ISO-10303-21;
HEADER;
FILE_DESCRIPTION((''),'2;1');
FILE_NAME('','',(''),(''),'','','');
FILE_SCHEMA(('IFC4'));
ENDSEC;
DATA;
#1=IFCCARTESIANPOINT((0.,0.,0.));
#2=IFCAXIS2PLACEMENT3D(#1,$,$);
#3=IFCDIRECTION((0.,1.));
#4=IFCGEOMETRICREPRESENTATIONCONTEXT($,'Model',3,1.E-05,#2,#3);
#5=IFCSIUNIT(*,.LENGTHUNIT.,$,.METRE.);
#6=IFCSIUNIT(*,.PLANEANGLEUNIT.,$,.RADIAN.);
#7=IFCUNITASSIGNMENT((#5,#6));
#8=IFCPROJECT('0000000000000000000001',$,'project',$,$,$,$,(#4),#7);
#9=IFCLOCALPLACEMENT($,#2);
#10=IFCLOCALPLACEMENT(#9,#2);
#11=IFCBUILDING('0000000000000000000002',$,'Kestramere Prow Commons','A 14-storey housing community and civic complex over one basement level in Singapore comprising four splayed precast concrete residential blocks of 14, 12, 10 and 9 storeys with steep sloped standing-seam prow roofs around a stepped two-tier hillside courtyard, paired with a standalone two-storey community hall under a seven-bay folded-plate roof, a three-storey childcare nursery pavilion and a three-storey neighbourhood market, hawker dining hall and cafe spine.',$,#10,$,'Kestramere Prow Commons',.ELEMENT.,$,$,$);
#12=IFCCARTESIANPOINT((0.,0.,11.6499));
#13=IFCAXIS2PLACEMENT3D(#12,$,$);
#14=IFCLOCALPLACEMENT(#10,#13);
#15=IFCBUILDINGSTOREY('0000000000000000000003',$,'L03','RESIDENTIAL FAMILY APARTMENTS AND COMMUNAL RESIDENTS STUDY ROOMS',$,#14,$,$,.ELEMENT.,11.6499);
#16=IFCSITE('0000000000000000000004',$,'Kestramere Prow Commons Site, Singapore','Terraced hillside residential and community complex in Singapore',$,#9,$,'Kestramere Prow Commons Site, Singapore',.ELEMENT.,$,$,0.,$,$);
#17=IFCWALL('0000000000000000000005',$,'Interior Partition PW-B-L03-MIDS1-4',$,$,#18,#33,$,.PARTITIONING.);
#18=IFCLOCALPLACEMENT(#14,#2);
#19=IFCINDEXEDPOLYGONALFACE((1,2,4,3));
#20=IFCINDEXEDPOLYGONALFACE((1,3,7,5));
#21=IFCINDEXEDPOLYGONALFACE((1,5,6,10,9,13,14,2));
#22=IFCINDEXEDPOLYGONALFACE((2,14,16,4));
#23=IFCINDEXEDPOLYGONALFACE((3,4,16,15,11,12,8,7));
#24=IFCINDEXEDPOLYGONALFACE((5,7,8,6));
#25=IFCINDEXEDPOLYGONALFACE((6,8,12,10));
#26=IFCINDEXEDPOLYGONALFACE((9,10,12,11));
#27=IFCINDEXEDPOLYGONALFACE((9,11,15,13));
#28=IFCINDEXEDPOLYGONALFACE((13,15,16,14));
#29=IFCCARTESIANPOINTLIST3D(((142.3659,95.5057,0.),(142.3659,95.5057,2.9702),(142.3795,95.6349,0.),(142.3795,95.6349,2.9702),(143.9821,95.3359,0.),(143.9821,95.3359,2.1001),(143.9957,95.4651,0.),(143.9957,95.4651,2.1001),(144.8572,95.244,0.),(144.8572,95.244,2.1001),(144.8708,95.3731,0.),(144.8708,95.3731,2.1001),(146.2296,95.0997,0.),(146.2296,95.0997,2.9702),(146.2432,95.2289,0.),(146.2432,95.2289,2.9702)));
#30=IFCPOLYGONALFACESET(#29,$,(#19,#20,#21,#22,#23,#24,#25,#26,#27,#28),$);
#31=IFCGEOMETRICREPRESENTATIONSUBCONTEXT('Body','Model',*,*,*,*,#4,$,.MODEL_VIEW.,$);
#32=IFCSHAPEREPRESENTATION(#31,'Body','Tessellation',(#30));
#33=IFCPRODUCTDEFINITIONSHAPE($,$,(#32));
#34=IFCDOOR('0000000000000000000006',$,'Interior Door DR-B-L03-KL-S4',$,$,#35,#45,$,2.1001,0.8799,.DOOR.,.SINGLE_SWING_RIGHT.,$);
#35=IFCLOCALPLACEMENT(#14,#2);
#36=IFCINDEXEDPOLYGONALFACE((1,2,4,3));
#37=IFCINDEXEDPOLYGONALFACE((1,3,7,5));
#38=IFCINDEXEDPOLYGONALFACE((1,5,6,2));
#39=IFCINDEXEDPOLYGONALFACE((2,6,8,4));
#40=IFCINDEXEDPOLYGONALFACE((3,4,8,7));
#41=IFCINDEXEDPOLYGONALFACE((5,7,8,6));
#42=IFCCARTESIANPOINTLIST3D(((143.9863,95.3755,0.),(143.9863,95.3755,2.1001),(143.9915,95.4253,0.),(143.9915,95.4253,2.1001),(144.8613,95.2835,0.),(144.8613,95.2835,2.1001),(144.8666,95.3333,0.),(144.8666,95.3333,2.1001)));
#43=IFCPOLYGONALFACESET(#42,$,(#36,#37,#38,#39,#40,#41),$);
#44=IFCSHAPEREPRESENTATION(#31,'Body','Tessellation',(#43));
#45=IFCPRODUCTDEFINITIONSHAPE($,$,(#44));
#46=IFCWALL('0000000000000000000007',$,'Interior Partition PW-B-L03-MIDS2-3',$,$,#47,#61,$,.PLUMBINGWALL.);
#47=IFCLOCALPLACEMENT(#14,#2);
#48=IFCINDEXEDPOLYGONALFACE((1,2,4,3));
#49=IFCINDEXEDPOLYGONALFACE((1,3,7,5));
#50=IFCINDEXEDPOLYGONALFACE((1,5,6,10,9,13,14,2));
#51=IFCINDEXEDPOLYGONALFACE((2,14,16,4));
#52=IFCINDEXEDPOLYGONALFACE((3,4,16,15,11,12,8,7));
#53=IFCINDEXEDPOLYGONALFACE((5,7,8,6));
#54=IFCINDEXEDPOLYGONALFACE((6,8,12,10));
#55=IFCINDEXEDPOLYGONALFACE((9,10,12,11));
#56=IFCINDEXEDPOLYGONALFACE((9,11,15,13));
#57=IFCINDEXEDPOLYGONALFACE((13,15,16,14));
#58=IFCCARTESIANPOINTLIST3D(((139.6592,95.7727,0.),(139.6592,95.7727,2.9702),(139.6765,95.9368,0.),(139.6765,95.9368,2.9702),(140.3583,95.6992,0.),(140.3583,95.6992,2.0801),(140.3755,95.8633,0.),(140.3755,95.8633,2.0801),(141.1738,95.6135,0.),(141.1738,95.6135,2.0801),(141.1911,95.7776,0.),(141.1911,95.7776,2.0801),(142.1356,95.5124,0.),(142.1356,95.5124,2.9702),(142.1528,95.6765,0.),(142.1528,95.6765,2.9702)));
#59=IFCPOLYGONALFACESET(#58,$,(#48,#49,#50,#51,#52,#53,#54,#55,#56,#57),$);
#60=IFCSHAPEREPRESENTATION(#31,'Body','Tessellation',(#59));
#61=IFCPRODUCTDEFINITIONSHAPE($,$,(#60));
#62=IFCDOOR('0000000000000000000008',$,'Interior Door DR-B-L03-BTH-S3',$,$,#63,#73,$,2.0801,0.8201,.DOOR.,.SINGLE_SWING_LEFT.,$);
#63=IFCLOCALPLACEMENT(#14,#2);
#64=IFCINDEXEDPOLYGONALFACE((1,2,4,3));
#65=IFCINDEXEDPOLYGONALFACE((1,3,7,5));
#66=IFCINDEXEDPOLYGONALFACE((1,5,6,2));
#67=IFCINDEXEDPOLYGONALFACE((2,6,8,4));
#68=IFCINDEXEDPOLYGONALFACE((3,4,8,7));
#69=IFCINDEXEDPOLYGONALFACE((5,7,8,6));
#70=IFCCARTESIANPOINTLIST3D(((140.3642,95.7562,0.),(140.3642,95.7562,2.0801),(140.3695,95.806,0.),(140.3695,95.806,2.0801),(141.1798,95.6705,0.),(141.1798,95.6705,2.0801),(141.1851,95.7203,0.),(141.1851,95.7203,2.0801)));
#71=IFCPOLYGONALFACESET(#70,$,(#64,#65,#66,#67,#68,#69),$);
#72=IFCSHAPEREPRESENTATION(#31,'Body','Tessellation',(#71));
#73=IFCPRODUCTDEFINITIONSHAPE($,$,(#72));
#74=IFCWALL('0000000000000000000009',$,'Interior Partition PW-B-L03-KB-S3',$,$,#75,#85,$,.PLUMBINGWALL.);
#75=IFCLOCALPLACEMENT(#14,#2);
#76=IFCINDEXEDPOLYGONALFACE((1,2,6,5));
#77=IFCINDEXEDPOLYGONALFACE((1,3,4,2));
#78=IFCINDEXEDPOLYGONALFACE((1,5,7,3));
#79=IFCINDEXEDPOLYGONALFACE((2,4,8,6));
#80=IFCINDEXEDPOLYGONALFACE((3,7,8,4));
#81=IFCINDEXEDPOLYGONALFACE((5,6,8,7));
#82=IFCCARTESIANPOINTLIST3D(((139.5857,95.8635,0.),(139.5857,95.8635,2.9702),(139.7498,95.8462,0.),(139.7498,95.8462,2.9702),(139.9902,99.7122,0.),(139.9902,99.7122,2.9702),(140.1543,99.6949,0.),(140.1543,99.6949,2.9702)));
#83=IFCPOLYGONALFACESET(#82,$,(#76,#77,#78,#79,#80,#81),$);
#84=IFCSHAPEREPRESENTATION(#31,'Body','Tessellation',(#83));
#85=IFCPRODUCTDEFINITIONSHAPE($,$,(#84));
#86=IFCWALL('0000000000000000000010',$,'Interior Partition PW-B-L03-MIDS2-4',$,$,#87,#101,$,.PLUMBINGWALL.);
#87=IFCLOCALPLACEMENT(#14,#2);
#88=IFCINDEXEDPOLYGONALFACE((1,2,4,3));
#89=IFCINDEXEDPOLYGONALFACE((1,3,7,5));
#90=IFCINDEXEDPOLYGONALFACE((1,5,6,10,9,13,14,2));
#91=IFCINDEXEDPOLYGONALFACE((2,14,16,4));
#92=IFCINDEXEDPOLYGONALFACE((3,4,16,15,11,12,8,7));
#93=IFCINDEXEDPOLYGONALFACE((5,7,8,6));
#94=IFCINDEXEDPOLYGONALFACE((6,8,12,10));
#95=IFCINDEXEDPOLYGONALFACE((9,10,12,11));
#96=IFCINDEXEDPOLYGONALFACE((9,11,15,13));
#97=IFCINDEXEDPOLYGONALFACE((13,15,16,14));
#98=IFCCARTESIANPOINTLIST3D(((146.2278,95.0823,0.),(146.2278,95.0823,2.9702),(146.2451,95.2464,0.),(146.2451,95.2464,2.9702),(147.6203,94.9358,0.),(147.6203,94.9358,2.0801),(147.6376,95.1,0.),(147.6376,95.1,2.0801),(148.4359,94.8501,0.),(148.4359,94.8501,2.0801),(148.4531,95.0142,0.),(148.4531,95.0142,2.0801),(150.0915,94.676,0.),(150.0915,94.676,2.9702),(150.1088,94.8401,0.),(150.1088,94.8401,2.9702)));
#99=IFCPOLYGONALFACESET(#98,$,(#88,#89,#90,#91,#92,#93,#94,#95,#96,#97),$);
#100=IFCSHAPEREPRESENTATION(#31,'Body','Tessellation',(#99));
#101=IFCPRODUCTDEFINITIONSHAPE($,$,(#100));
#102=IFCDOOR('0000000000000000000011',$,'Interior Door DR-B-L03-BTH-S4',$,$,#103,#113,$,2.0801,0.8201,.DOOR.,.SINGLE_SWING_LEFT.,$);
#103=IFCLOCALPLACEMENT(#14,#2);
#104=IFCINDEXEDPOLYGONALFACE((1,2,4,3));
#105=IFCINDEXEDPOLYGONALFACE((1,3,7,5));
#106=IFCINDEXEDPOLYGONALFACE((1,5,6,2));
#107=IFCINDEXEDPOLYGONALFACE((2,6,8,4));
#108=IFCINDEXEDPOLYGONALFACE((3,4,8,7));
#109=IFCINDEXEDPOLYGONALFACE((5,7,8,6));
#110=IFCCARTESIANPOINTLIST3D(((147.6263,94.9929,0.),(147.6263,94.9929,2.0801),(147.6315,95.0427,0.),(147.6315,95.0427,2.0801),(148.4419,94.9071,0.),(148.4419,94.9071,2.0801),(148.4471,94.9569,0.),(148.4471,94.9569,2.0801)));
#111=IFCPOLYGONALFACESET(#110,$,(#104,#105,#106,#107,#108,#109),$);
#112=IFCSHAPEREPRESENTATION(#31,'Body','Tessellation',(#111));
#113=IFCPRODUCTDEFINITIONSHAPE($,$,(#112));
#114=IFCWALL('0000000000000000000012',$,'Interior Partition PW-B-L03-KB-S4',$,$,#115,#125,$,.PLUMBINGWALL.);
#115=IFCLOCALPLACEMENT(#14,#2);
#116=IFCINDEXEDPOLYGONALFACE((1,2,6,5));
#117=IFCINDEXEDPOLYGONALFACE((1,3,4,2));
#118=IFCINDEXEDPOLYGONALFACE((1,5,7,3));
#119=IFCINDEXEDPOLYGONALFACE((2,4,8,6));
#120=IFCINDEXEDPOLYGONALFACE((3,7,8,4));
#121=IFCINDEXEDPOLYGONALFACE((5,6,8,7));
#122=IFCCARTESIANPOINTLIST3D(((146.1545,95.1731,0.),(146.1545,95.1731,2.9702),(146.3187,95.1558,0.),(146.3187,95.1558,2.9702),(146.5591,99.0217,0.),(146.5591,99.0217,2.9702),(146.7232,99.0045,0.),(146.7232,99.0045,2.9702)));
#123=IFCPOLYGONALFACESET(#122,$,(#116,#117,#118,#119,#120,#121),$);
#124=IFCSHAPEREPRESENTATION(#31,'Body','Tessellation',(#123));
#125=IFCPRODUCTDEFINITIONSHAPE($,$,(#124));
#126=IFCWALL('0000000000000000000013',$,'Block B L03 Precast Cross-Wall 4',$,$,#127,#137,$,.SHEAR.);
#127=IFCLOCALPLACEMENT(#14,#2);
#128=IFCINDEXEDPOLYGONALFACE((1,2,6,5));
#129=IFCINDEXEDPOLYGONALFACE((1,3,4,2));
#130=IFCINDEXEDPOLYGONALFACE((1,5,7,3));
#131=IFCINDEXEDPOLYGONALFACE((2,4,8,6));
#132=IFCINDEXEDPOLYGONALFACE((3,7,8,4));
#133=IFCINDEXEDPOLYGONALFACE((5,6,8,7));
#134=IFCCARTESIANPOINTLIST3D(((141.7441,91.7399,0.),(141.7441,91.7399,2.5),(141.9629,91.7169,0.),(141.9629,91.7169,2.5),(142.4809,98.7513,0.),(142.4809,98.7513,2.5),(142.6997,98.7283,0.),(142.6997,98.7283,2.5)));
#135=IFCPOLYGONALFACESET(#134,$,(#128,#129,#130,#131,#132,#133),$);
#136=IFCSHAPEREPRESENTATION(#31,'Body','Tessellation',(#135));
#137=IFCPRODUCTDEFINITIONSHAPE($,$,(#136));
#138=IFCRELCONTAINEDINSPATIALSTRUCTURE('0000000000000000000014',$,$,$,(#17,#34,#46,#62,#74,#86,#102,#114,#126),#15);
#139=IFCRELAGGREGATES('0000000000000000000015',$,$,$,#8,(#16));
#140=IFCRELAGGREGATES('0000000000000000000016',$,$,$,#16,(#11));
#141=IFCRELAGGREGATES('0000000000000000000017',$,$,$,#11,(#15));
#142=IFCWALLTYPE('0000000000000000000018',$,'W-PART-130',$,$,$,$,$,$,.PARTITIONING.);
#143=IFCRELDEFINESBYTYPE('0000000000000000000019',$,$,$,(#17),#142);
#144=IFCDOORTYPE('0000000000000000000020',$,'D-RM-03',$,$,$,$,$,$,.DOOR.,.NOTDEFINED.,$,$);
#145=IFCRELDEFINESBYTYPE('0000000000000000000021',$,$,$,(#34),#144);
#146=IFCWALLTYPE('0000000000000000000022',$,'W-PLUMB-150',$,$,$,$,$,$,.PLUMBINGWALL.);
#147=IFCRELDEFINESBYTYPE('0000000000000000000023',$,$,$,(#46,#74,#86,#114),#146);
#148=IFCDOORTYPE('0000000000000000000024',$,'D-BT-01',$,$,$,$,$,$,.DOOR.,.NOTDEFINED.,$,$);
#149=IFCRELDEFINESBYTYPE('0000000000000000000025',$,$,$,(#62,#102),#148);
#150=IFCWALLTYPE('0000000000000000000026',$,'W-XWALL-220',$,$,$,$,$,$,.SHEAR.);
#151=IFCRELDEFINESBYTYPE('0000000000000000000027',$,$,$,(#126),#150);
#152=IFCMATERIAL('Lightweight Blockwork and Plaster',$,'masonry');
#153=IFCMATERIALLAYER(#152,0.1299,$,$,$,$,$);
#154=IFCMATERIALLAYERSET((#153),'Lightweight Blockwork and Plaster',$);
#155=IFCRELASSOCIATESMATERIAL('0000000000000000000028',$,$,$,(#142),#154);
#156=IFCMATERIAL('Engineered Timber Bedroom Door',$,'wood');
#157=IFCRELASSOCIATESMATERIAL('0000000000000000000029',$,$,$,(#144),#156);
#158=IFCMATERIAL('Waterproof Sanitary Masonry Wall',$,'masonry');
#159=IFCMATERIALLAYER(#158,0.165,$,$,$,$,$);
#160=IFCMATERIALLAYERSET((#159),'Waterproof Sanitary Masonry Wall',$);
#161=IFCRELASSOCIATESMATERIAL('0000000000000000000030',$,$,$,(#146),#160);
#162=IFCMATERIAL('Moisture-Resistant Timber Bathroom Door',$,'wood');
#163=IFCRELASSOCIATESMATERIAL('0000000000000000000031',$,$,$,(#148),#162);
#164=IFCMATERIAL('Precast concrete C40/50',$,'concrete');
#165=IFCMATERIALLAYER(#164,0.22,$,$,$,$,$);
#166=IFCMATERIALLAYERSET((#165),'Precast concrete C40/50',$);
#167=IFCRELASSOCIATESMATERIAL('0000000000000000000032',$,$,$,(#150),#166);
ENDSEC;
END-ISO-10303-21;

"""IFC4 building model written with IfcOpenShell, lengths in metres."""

from ifc_helpers import new_model, si_unit, direction, frame, frame_2d, origin, place, context, subcontext, project, spatial, rectangle, extrude, material, layer, layer_set, type_object, element, fill, save


model = new_model("IFC4")

# Units and contexts
model_context = context("Model", 3, precision=1e-05, world=origin(), true_north=direction((0.0, 1.0)))
body_context = subcontext(model_context, "Body", "Model", "MODEL_VIEW")
ifc_project = project(units=[si_unit("LENGTHUNIT", "METRE"), si_unit("PLANEANGLEUNIT", "RADIAN")], contexts=[model_context])

# Site, building, storey
site_placement = place(None, origin())
site = spatial("IfcSite", under=ifc_project, at=site_placement, Name="Kestramere Prow Commons Site, Singapore", Description="Terraced hillside residential and community complex in Singapore", LongName="Kestramere Prow Commons Site, Singapore", CompositionType="ELEMENT", RefElevation=0.0)
building_placement = place(site_placement, origin())
building = spatial("IfcBuilding", under=site, at=building_placement, Name="Kestramere Prow Commons", Description="A 14-storey housing community and civic complex over one basement level in Singapore comprising four splayed precast concrete residential blocks of 14, 12, 10 and 9 storeys with steep sloped standing-seam prow roofs around a stepped two-tier hillside courtyard, paired with a standalone two-storey community hall under a seven-bay folded-plate roof, a three-storey childcare nursery pavilion and a three-storey neighbourhood market, hawker dining hall and cafe spine.", LongName="Kestramere Prow Commons", CompositionType="ELEMENT")
storey_placement = place(building_placement, frame((0.0, 0.0, 11.6499)))
storey = spatial("IfcBuildingStorey", under=building, at=storey_placement, Name="L03", Description="RESIDENTIAL FAMILY APARTMENTS AND COMMUNAL RESIDENTS STUDY ROOMS", CompositionType="ELEMENT", Elevation=11.6499)

# Shared definitions
ifc_material_1 = material(Name="Precast concrete C40/50", Category="concrete")

# Walls, openings, doors
ifc_material_2 = material(Name="Lightweight Blockwork and Plaster", Category="masonry")
ifc_layer_1 = layer(ifc_material_2, 0.1299)
ifc_layer_set_1 = layer_set([ifc_layer_1], Name="Lightweight Blockwork and Plaster")
wall_type_1 = type_object("IfcWallType", Name="W-PART-130", PredefinedType="PARTITIONING", material=ifc_layer_set_1)
wall_1_placement = place(storey_placement, frame((142.3728, 95.5703, 0.0), z_axis=(0.0, 0.0, 1.0), x_axis=(0.994524, -0.104505, 0.0)))
wall_1 = element("IfcWall", 1, at=wall_1_placement, inside=storey, type_object=wall_type_1, Name="Interior Partition PW-B-L03-MIDS1-4", PredefinedType="PARTITIONING", context=body_context, shape_type="SweptSolid", body=[
    extrude(rectangle(XDim=3.885, YDim=0.1299, at=frame_2d((1.9424, 0.0))), origin(), (0.0, 0.0, 1.0), 2.9702),
])
opening_1_placement = place(wall_1_placement, frame((1.625, 0.0, 0.0)))
opening_1 = element("IfcOpeningElement", 2, at=opening_1_placement, cuts=wall_1, PredefinedType="OPENING", context=body_context, shape_type="SweptSolid", body=[
    extrude(rectangle(XDim=0.8799, YDim=2.1001, at=frame_2d((0.4399, 1.05))), frame((0.0, 0.0798, 0.0), z_axis=(0.0, -1.0, 0.0), x_axis=(1.0, 0.0, 0.0)), (0.0, 0.0, 1.0), 0.1599),
])
ifc_material_3 = material(Name="Engineered Timber Bedroom Door", Category="wood")
door_type_1 = type_object("IfcDoorType", Name="D-RM-03", OperationType="NOTDEFINED", PredefinedType="DOOR", material=ifc_material_3)
door_1_placement = place(opening_1_placement, origin())
door_1 = element("IfcDoor", 3, at=door_1_placement, inside=storey, type_object=door_type_1, Name="Interior Door DR-B-L03-KL-S4", OperationType="SINGLE_SWING_RIGHT", OverallHeight=2.1001, OverallWidth=0.8799, PredefinedType="DOOR", context=body_context, shape_type="SweptSolid", body=[
    extrude(rectangle(XDim=0.8799, YDim=2.1001, at=frame_2d((0.4399, 1.05))), frame((0.0, 0.0249, 0.0), z_axis=(0.0, -1.0, 0.0), x_axis=(1.0, 0.0, 0.0)), (0.0, 0.0, 1.0), 0.05),
])
fill(opening_1, door_1)
ifc_material_4 = material(Name="Waterproof Sanitary Masonry Wall", Category="masonry")
ifc_layer_2 = layer(ifc_material_4, 0.165)
ifc_layer_set_2 = layer_set([ifc_layer_2], Name="Waterproof Sanitary Masonry Wall")
wall_type_2 = type_object("IfcWallType", Name="W-PLUMB-150", PredefinedType="PLUMBINGWALL", material=ifc_layer_set_2)
wall_2_placement = place(storey_placement, frame((139.6677, 95.8547, 0.0), z_axis=(0.0, 0.0, 1.0), x_axis=(0.994523, -0.104521, 0.0)))
wall_2 = element("IfcWall", 4, at=wall_2_placement, inside=storey, type_object=wall_type_2, Name="Interior Partition PW-B-L03-MIDS2-3", PredefinedType="PLUMBINGWALL", context=body_context, shape_type="SweptSolid", body=[
    extrude(rectangle(XDim=2.49, YDim=0.165, at=frame_2d((1.2451, 0.0))), origin(), (0.0, 0.0, 1.0), 2.9702),
])
opening_2_placement = place(wall_2_placement, frame((0.7029, 0.0, 0.0)))
opening_2 = element("IfcOpeningElement", 5, at=opening_2_placement, cuts=wall_2, PredefinedType="OPENING", context=body_context, shape_type="SweptSolid", body=[
    extrude(rectangle(XDim=0.8201, YDim=2.0801, at=frame_2d((0.4102, 1.04))), frame((0.0, 0.0974, 0.0), z_axis=(0.0, -1.0, 0.0), x_axis=(1.0, 0.0, 0.0)), (0.0, 0.0, 1.0), 0.1951),
])
ifc_material_5 = material(Name="Moisture-Resistant Timber Bathroom Door", Category="wood")
door_type_2 = type_object("IfcDoorType", Name="D-BT-01", OperationType="NOTDEFINED", PredefinedType="DOOR", material=ifc_material_5)
door_2_placement = place(opening_2_placement, origin())
door_2 = element("IfcDoor", 6, at=door_2_placement, inside=storey, type_object=door_type_2, Name="Interior Door DR-B-L03-BTH-S3", OperationType="SINGLE_SWING_LEFT", OverallHeight=2.0801, OverallWidth=0.8201, PredefinedType="DOOR", context=body_context, shape_type="SweptSolid", body=[
    extrude(rectangle(XDim=0.8201, YDim=2.0801, at=frame_2d((0.4102, 1.04))), frame((0.0, 0.0249, 0.0), z_axis=(0.0, -1.0, 0.0), x_axis=(1.0, 0.0, 0.0)), (0.0, 0.0, 1.0), 0.05),
])
fill(opening_2, door_2)

# Wall
wall_3_placement = place(storey_placement, frame((139.6677, 95.8547, 0.0), z_axis=(0.0, 0.0, 1.0), x_axis=(0.104537, 0.994521, 0.0)))
element("IfcWall", 7, at=wall_3_placement, inside=storey, type_object=wall_type_2, Name="Interior Partition PW-B-L03-KB-S3", PredefinedType="PLUMBINGWALL", context=body_context, shape_type="SweptSolid", body=[
    extrude(rectangle(XDim=3.8699, YDim=0.165, at=frame_2d((1.9351, 0.0))), origin(), (0.0, 0.0, 1.0), 2.9702),
])

# Wall, opening, door
wall_4_placement = place(storey_placement, frame((146.2366, 95.1643, 0.0), z_axis=(0.0, 0.0, 1.0), x_axis=(0.994518, -0.104567, 0.0)))
wall_4 = element("IfcWall", 8, at=wall_4_placement, inside=storey, type_object=wall_type_2, Name="Interior Partition PW-B-L03-MIDS2-4", PredefinedType="PLUMBINGWALL", context=body_context, shape_type="SweptSolid", body=[
    extrude(rectangle(XDim=3.885, YDim=0.165, at=frame_2d((1.9424, 0.0))), origin(), (0.0, 0.0, 1.0), 2.9702),
])
opening_3_placement = place(wall_4_placement, frame((1.3999, 0.0, 0.0)))
opening_3 = element("IfcOpeningElement", 9, at=opening_3_placement, cuts=wall_4, PredefinedType="OPENING", context=body_context, shape_type="SweptSolid", body=[
    extrude(rectangle(XDim=0.8201, YDim=2.0801, at=frame_2d((0.4102, 1.04))), frame((0.0, 0.0974, 0.0), z_axis=(0.0, -1.0, 0.0), x_axis=(1.0, 0.0, 0.0)), (0.0, 0.0, 1.0), 0.1951),
])
door_3_placement = place(opening_3_placement, origin())
door_3 = element("IfcDoor", 10, at=door_3_placement, inside=storey, type_object=door_type_2, Name="Interior Door DR-B-L03-BTH-S4", OperationType="SINGLE_SWING_LEFT", OverallHeight=2.0801, OverallWidth=0.8201, PredefinedType="DOOR", context=body_context, shape_type="SweptSolid", body=[
    extrude(rectangle(XDim=0.8201, YDim=2.0801, at=frame_2d((0.4102, 1.04))), frame((0.0, 0.0249, 0.0), z_axis=(0.0, -1.0, 0.0), x_axis=(1.0, 0.0, 0.0)), (0.0, 0.0, 1.0), 0.05),
])
fill(opening_3, door_3)

# Walls
wall_5_placement = place(storey_placement, frame((146.2366, 95.1643, 0.0), z_axis=(0.0, 0.0, 1.0), x_axis=(0.104537, 0.994521, 0.0)))
element("IfcWall", 11, at=wall_5_placement, inside=storey, type_object=wall_type_2, Name="Interior Partition PW-B-L03-KB-S4", PredefinedType="PLUMBINGWALL", context=body_context, shape_type="SweptSolid", body=[
    extrude(rectangle(XDim=3.8699, YDim=0.165, at=frame_2d((1.9351, 0.0))), origin(), (0.0, 0.0, 1.0), 2.9702),
])
ifc_layer_3 = layer(ifc_material_1, 0.22)
ifc_layer_set_3 = layer_set([ifc_layer_3], Name="Precast concrete C40/50")
wall_type_3 = type_object("IfcWallType", Name="W-XWALL-220", PredefinedType="SHEAR", material=ifc_layer_set_3)
wall_6_placement = place(storey_placement, frame((141.8535, 91.7285, 0.0), z_axis=(0.0, 0.0, 1.0), x_axis=(0.104512, 0.994524, 0.0)))
element("IfcWall", 12, at=wall_6_placement, inside=storey, type_object=wall_type_3, Name="Block B L03 Precast Cross-Wall 4", PredefinedType="SHEAR", context=body_context, shape_type="SweptSolid", body=[
    extrude(rectangle(XDim=7.05, YDim=0.22, at=frame_2d((3.5249, 0.0))), origin(), (0.0, 0.0, 1.0), 2.5),
])

save(model, "model.ifc")
